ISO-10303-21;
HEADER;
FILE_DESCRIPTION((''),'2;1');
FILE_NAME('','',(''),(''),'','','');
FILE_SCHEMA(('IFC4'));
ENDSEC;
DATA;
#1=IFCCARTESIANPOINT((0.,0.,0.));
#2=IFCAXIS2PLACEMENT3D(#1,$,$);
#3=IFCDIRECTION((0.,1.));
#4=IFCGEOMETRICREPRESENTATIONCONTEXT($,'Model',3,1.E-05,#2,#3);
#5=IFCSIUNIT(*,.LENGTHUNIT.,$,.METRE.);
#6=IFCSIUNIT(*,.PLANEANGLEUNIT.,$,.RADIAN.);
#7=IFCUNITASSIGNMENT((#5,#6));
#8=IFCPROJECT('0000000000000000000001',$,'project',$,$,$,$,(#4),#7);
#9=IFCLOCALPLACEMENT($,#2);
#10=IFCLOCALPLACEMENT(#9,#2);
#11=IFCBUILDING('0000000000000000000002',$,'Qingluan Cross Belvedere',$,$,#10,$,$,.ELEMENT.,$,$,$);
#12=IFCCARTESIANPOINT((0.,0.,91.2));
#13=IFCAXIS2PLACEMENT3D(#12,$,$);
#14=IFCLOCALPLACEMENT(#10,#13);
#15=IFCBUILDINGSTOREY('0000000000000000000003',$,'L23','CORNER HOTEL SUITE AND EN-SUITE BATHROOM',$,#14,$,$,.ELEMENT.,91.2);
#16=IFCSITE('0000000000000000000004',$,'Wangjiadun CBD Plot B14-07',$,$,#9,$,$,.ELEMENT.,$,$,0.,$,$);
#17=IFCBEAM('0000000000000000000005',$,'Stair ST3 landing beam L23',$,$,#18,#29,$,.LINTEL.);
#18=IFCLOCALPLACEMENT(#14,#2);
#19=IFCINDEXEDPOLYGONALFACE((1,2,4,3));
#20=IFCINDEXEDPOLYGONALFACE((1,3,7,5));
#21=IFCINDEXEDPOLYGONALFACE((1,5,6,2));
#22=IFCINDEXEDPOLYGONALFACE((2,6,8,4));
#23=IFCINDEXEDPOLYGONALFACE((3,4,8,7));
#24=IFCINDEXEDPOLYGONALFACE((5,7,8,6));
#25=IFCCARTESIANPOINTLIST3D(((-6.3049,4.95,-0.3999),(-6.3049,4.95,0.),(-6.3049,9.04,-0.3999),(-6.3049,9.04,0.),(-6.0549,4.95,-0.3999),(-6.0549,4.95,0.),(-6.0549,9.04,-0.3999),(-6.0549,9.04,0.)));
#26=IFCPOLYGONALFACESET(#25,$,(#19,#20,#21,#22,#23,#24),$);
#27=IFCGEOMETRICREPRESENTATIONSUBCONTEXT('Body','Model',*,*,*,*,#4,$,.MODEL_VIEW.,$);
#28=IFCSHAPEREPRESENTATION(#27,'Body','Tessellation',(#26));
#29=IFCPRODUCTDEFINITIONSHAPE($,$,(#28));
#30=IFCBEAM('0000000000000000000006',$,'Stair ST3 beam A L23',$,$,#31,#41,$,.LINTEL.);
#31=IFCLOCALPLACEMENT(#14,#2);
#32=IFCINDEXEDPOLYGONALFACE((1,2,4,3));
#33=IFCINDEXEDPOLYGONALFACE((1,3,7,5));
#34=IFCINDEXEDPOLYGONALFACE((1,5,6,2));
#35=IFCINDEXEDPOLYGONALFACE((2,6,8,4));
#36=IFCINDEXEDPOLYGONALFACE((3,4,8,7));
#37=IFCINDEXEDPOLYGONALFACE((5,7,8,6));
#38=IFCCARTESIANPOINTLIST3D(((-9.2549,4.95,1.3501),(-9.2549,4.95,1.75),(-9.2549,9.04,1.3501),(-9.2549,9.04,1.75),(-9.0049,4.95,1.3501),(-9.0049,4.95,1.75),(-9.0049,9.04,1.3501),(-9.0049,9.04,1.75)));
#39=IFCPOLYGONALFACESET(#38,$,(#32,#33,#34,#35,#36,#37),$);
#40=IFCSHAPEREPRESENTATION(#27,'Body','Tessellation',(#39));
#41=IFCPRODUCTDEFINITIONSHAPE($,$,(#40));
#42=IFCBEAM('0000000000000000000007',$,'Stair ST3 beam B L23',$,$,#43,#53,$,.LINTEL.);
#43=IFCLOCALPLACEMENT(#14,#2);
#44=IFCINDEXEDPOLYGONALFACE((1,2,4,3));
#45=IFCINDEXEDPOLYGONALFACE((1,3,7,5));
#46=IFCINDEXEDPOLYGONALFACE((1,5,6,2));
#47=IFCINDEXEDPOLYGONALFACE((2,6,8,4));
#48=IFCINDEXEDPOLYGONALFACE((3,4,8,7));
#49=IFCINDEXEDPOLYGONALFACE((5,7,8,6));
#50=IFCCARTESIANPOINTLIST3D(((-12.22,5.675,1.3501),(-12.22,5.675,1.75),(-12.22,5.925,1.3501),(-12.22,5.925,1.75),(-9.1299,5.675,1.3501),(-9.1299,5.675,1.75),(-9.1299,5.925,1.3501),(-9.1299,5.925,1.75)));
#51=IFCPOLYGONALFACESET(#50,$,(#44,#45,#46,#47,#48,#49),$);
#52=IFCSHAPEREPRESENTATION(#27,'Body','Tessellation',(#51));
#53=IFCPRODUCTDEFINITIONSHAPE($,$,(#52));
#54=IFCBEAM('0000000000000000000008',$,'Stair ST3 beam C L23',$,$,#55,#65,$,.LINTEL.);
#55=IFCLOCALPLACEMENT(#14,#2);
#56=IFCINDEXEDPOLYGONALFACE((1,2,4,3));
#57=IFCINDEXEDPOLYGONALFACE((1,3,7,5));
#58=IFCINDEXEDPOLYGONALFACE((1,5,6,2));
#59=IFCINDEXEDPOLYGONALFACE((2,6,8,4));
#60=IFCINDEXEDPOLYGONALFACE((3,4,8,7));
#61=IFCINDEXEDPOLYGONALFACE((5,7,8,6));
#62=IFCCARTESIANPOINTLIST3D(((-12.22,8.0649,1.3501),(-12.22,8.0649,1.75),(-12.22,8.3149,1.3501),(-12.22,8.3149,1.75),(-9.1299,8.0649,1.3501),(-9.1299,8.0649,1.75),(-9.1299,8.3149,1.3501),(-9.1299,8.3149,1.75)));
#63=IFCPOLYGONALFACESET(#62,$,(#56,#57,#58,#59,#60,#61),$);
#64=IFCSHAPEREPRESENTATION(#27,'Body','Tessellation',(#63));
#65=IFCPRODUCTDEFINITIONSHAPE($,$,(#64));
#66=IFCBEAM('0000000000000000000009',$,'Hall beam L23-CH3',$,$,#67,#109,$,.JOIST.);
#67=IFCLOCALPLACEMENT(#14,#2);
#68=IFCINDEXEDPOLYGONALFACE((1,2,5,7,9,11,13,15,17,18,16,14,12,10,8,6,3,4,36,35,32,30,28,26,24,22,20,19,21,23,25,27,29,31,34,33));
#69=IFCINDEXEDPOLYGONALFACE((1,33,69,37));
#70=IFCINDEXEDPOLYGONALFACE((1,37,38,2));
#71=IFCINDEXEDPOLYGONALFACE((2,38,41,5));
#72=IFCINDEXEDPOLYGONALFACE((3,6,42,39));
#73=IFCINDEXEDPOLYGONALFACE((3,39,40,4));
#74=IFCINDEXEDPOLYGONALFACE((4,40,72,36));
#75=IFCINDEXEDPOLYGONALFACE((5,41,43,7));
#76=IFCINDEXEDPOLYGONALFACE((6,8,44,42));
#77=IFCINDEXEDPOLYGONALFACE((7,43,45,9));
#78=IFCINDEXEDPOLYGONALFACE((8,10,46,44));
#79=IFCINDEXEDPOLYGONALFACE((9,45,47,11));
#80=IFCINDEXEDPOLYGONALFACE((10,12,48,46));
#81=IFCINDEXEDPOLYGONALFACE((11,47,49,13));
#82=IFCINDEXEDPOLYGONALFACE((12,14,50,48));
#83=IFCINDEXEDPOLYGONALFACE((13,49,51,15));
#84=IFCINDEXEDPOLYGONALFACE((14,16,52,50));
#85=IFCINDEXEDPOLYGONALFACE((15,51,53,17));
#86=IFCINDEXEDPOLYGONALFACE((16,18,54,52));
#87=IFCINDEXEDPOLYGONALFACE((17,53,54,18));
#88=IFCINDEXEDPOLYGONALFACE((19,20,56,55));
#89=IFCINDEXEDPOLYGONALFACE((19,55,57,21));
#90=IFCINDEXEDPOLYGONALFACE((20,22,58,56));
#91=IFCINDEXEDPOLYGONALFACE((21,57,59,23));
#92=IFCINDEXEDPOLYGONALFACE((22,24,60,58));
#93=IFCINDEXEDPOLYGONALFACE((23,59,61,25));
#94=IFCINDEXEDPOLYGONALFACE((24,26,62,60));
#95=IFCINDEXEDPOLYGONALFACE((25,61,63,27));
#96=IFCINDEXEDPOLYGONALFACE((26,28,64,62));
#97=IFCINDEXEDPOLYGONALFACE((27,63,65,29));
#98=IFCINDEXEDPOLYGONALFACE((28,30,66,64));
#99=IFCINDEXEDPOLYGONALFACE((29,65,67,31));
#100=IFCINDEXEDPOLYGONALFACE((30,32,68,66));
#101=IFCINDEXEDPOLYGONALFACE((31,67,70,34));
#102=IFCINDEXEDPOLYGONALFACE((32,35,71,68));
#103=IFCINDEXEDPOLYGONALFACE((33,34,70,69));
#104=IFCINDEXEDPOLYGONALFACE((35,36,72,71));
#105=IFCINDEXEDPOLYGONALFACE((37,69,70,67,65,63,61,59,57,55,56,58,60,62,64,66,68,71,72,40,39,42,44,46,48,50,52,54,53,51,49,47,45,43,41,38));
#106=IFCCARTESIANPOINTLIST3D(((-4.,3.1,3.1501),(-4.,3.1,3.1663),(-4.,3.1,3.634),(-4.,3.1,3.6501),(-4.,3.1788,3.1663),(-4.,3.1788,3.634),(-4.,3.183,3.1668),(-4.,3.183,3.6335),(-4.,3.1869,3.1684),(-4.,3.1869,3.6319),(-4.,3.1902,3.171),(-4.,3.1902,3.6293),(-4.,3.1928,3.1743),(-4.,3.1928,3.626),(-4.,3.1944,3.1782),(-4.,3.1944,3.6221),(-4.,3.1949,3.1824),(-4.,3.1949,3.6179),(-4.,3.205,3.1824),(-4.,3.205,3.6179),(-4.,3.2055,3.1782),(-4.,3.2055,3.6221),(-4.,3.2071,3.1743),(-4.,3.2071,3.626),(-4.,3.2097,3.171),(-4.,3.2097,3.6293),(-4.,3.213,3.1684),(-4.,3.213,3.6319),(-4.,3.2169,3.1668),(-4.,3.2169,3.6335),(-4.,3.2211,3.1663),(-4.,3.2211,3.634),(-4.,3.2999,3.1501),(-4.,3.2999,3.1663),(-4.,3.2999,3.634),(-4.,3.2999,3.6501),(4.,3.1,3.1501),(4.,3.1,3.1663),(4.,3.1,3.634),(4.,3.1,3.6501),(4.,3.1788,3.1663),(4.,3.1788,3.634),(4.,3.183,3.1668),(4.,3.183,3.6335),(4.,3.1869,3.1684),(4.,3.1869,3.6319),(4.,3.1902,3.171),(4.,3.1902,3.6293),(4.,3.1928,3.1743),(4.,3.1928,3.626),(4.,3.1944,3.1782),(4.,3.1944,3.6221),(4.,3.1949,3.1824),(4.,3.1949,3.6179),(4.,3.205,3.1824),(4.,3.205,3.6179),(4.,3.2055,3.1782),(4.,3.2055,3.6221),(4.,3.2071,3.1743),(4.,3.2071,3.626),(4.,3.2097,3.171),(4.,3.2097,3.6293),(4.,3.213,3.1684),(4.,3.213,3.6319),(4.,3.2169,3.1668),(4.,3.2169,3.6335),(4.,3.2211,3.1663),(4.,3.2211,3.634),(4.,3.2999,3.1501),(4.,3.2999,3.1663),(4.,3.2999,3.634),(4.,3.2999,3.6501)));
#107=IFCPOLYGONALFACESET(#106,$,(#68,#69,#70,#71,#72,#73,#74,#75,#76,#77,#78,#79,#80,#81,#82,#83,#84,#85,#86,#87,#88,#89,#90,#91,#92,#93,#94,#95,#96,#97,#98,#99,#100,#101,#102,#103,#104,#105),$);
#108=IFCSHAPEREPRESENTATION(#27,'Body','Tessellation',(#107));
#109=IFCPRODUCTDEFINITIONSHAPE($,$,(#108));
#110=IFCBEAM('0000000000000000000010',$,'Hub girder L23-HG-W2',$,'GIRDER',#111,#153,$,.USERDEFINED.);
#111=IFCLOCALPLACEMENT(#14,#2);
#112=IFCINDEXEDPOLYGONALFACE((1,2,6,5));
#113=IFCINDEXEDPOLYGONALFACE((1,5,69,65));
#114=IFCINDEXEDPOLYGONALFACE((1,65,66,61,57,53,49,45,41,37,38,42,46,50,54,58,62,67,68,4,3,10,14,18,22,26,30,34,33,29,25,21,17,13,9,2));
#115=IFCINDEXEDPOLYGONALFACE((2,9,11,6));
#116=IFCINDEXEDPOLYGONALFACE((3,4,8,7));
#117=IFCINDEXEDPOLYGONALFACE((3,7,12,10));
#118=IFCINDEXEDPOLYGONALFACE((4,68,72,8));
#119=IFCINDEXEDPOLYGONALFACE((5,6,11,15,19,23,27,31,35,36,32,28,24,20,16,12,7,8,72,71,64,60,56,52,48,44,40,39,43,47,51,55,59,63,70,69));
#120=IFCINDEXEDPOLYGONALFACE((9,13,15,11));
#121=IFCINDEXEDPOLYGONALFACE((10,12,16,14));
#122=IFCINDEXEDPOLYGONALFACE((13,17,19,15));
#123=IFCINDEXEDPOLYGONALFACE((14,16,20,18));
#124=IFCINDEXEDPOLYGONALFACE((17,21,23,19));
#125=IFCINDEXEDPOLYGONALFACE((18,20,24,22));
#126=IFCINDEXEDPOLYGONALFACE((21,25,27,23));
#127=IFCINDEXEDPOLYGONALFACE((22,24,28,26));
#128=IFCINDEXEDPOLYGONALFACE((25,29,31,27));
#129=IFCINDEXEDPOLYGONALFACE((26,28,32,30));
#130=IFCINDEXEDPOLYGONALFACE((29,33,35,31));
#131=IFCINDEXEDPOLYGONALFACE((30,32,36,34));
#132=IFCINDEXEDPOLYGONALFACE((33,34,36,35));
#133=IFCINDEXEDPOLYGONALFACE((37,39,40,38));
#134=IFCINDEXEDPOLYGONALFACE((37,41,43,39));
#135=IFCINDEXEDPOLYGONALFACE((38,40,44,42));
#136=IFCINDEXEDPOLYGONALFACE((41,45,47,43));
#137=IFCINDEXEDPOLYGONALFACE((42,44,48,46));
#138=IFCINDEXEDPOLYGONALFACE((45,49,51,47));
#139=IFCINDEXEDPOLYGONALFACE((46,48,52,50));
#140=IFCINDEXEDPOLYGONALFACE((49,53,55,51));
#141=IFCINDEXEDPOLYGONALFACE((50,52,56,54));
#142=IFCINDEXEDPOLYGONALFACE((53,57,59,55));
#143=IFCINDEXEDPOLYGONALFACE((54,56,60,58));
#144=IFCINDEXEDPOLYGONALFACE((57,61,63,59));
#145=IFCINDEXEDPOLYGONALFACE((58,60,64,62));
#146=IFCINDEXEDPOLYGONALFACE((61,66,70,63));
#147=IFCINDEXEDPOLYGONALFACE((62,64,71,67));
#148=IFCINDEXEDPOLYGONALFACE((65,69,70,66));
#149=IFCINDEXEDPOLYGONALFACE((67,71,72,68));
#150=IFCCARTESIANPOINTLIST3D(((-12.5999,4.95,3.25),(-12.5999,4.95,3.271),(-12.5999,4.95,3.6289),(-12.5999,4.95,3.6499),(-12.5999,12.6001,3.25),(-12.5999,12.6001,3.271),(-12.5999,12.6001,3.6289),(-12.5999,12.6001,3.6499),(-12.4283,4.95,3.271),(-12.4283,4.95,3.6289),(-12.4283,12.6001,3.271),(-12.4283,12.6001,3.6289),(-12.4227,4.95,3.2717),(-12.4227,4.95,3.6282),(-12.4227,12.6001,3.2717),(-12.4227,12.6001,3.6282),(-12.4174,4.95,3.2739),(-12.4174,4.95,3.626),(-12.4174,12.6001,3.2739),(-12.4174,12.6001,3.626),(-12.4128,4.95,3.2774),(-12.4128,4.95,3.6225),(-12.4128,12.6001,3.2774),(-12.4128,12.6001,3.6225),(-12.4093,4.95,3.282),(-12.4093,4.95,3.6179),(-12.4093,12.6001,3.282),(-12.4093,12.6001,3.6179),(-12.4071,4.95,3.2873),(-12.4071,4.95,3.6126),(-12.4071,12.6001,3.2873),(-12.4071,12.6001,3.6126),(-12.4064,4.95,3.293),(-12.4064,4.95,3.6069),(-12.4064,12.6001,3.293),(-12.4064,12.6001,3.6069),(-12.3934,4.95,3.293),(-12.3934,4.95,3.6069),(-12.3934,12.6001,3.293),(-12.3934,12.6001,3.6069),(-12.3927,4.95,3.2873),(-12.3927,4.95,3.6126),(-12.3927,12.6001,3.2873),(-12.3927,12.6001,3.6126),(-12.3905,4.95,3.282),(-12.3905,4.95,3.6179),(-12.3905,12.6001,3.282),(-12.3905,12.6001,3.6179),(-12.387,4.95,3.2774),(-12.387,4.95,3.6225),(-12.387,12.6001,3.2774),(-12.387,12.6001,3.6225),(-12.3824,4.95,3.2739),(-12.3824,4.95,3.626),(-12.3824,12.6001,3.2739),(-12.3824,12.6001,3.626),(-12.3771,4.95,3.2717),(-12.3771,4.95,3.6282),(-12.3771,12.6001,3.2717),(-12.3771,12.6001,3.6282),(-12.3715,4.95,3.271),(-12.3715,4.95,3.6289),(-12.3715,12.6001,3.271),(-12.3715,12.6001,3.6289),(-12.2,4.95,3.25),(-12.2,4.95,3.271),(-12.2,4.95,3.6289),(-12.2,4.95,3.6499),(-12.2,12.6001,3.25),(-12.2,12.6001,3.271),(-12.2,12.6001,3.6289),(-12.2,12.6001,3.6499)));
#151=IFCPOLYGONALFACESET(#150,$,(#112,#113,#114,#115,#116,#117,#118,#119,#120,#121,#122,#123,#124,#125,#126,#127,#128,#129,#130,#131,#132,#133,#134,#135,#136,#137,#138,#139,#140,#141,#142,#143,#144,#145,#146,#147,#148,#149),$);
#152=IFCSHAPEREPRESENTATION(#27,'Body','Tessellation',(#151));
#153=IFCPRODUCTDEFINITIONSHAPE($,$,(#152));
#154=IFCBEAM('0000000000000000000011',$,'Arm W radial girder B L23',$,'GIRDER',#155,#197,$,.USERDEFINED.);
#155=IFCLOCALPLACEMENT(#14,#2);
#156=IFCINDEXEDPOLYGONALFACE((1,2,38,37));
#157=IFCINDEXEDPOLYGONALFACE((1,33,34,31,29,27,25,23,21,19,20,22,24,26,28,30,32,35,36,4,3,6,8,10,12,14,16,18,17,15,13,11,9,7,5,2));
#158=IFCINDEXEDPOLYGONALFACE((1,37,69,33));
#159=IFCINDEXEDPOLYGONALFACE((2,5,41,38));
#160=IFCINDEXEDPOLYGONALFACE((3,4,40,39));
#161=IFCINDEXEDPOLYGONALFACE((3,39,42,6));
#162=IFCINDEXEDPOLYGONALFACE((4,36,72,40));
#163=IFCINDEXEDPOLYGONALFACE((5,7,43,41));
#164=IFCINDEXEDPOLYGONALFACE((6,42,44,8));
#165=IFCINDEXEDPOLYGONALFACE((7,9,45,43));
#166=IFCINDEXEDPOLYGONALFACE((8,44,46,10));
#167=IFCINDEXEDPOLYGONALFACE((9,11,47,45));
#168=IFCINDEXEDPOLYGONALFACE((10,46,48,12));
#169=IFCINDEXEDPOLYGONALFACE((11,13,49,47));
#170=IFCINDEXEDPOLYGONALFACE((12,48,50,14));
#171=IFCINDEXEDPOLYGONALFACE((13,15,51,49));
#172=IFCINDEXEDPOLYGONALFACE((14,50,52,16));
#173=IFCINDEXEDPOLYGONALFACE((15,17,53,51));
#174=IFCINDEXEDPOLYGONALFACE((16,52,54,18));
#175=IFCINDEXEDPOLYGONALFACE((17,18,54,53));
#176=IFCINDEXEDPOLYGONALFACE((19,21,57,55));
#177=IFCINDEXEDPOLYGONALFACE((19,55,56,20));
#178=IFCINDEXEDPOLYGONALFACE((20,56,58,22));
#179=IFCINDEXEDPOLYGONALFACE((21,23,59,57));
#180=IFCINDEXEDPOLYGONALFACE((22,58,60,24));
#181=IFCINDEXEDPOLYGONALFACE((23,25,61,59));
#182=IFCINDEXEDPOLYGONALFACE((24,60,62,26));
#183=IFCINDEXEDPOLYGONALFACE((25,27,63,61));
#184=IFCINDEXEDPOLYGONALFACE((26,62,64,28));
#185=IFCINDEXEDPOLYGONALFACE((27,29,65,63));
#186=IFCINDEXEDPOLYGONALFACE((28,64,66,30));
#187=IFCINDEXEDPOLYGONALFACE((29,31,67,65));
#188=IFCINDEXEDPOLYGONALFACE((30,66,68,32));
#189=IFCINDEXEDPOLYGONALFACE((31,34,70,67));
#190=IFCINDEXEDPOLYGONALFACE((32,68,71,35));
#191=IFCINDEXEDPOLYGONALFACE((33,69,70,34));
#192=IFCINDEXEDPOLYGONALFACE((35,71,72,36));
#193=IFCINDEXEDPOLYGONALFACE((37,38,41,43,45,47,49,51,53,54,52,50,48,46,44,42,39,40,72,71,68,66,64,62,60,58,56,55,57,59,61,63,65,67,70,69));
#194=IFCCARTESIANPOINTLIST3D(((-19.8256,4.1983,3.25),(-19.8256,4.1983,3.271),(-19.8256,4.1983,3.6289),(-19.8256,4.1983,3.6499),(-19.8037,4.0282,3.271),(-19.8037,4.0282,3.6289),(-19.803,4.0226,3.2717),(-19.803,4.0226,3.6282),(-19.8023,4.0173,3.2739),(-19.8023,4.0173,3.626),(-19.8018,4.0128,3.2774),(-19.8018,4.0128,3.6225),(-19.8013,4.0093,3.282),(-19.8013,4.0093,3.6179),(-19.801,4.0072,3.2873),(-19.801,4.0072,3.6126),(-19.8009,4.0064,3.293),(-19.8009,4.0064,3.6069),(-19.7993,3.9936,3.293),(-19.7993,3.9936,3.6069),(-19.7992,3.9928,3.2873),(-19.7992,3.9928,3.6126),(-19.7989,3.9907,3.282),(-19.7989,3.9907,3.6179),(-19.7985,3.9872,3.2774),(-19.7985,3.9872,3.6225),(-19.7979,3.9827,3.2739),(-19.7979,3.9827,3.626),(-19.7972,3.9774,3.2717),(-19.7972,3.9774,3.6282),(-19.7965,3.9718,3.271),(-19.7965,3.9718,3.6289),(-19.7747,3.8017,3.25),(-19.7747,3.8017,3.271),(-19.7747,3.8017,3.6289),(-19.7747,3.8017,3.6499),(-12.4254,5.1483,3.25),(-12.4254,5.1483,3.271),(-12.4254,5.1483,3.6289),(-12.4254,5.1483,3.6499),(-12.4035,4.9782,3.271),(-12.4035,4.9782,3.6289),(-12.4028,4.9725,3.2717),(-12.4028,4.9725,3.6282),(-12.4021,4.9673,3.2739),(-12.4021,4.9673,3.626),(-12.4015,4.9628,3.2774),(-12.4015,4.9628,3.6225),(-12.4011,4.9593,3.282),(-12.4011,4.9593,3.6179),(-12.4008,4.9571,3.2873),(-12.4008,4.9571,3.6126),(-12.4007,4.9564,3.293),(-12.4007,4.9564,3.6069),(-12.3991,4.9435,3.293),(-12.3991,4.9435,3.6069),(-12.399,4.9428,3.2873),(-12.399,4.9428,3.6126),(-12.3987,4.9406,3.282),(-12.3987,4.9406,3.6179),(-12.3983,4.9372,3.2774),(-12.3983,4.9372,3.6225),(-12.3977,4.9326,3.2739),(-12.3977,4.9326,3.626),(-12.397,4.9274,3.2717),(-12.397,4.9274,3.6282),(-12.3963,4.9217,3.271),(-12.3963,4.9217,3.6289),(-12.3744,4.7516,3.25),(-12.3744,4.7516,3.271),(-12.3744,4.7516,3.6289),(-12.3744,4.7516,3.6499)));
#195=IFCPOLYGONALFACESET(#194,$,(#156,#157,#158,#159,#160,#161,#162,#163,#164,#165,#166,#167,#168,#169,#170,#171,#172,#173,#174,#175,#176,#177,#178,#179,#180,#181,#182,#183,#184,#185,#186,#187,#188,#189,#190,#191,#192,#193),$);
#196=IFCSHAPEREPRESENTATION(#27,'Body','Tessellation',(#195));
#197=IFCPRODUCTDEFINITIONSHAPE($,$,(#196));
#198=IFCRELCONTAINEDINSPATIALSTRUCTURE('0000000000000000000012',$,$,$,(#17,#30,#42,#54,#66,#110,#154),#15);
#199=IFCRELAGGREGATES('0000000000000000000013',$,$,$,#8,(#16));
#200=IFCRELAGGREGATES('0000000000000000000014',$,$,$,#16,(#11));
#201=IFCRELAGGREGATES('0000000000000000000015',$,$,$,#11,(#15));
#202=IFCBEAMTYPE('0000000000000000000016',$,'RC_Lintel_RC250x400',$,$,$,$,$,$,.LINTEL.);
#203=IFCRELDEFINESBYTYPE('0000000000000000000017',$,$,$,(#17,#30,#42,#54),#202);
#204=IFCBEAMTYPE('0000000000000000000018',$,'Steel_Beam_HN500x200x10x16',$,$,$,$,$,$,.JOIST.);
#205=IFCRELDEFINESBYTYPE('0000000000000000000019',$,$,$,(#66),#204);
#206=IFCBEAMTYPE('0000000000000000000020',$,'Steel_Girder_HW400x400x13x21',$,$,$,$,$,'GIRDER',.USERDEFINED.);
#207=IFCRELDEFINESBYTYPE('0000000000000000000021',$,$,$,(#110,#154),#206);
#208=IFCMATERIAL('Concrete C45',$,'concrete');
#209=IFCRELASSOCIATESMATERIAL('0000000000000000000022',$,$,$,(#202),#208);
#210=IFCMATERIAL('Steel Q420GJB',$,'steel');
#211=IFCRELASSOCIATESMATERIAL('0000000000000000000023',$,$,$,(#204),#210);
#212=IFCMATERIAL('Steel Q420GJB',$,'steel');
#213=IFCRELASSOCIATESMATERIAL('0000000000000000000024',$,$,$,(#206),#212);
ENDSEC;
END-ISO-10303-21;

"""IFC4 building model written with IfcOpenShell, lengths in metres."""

from ifc_helpers import new_model, si_unit, direction, frame, origin, origin_2d, place, context, subcontext, project, spatial, rectangle, i_section, extrude, material, material_profile, profile_set, type_object, element, save


model = new_model("IFC4")

# Units and contexts
model_context = context("Model", 3, precision=1e-05, world=origin(), true_north=direction((0.0, 1.0)))
body_context = subcontext(model_context, "Body", "Model", "MODEL_VIEW")
ifc_project = project(units=[si_unit("LENGTHUNIT", "METRE"), si_unit("PLANEANGLEUNIT", "RADIAN")], contexts=[model_context])

# Site, building, storey
site_placement = place(None, origin())
site = spatial("IfcSite", under=ifc_project, at=site_placement, Name="Wangjiadun CBD Plot B14-07", CompositionType="ELEMENT", RefElevation=0.0)
building_placement = place(site_placement, origin())
building = spatial("IfcBuilding", under=site, at=building_placement, Name="Qingluan Cross Belvedere", CompositionType="ELEMENT")
storey_placement = place(building_placement, frame((0.0, 0.0, 91.2)))
storey = spatial("IfcBuildingStorey", under=building, at=storey_placement, Name="L23", Description="CORNER HOTEL SUITE AND EN-SUITE BATHROOM", CompositionType="ELEMENT", Elevation=91.2)

# Beams
ifc_material_1 = material(Name="Concrete C45", Category="concrete")
ifc_material_profile_1 = material_profile(ifc_material_1, rectangle(XDim=0.25, YDim=0.3999, at=origin_2d()), Name="RC250x400")
ifc_profile_set_1 = profile_set([ifc_material_profile_1], Name="Concrete C45")
beam_type_1 = type_object("IfcBeamType", Name="RC_Lintel_RC250x400", PredefinedType="LINTEL", material=ifc_profile_set_1)
for number, where, z_axis, x_axis, name in (
    (1, (-6.1799, 4.95, -0.2), (0.0, 1.0, 0.0), (-1.0, 0.0, 0.0), "Stair ST3 landing beam L23"),
    (2, (-9.1299, 4.95, 1.55), (0.0, 1.0, 0.0), (-1.0, 0.0, 0.0), "Stair ST3 beam A L23"),
):
    element("IfcBeam", number, at=place(storey_placement, frame(where, z_axis=z_axis, x_axis=x_axis)), inside=storey, type_object=beam_type_1, Name=name, PredefinedType="LINTEL", context=body_context, shape_type="SweptSolid", body=[
        extrude(rectangle(XDim=0.25, YDim=0.3999, at=origin_2d()), origin(), (0.0, 0.0, 1.0), 4.0901),
    ])
for number, where, z_axis, x_axis, name in (
    (3, (-12.22, 5.8, 1.55), (1.0, 0.0, 0.0), (0.0, 1.0, 0.0), "Stair ST3 beam B L23"),
    (4, (-12.22, 8.1899, 1.55), (1.0, 0.0, 0.0), (0.0, 1.0, 0.0), "Stair ST3 beam C L23"),
):
    element("IfcBeam", number, at=place(storey_placement, frame(where, z_axis=z_axis, x_axis=x_axis)), inside=storey, type_object=beam_type_1, Name=name, PredefinedType="LINTEL", context=body_context, shape_type="SweptSolid", body=[
        extrude(rectangle(XDim=0.25, YDim=0.3999, at=origin_2d()), origin(), (0.0, 0.0, 1.0), 3.0901),
    ])
ifc_material_2 = material(Name="Steel Q420GJB", Category="steel")
ifc_material_profile_2 = material_profile(ifc_material_2, i_section(OverallWidth=0.2, OverallDepth=0.5, WebThickness=0.01, FlangeThickness=0.0161, FilletRadius=0.0161, at=origin_2d()), Name="HN500x200x10x16")
ifc_profile_set_2 = profile_set([ifc_material_profile_2], Name="Steel Q420GJB")
beam_type_2 = type_object("IfcBeamType", Name="Steel_Beam_HN500x200x10x16", PredefinedType="JOIST", material=ifc_profile_set_2)
beam_1_placement = place(storey_placement, frame((-4.0, 3.2, 3.4001), z_axis=(1.0, 0.0, 0.0), x_axis=(0.0, 1.0, 0.0)))
element("IfcBeam", 5, at=beam_1_placement, inside=storey, type_object=beam_type_2, Name="Hall beam L23-CH3", PredefinedType="JOIST", context=body_context, shape_type="SweptSolid", body=[
    extrude(i_section(OverallWidth=0.2, OverallDepth=0.5, WebThickness=0.01, FlangeThickness=0.0161, FilletRadius=0.0161, at=origin_2d()), origin(), (0.0, 0.0, 1.0), 8.0),
])
ifc_material_3 = material(Name="Steel Q420GJB", Category="steel")
ifc_material_profile_3 = material_profile(ifc_material_3, i_section(OverallWidth=0.3999, OverallDepth=0.3999, WebThickness=0.0129, FlangeThickness=0.021, FilletRadius=0.022, at=origin_2d()), Name="HW400x400x13x21")
ifc_profile_set_3 = profile_set([ifc_material_profile_3], Name="Steel Q420GJB")
beam_type_3 = type_object("IfcBeamType", Name="Steel_Girder_HW400x400x13x21", ElementType="GIRDER", PredefinedType="USERDEFINED", material=ifc_profile_set_3)
beam_2_placement = place(storey_placement, frame((-12.3999, 4.95, 3.45), z_axis=(0.0, 1.0, 0.0), x_axis=(-1.0, 0.0, 0.0)))
element("IfcBeam", 6, at=beam_2_placement, inside=storey, type_object=beam_type_3, Name="Hub girder L23-HG-W2", ObjectType="GIRDER", PredefinedType="USERDEFINED", context=body_context, shape_type="SweptSolid", body=[
    extrude(i_section(OverallWidth=0.3999, OverallDepth=0.3999, WebThickness=0.0129, FlangeThickness=0.021, FilletRadius=0.022, at=origin_2d()), origin(), (0.0, 0.0, 1.0), 7.6501),
])
beam_3_placement = place(storey_placement, frame((-12.3999, 4.95, 3.45), z_axis=(-0.991861, -0.127324, 0.0), x_axis=(0.127324, -0.991861, 0.0)))
element("IfcBeam", 7, at=beam_3_placement, inside=storey, type_object=beam_type_3, Name="Arm W radial girder B L23", ObjectType="GIRDER", PredefinedType="USERDEFINED", context=body_context, shape_type="SweptSolid", body=[
    extrude(i_section(OverallWidth=0.3999, OverallDepth=0.3999, WebThickness=0.0129, FlangeThickness=0.021, FilletRadius=0.022, at=origin_2d()), origin(), (0.0, 0.0, 1.0), 7.4609),
])

save(model, "model.ifc")
